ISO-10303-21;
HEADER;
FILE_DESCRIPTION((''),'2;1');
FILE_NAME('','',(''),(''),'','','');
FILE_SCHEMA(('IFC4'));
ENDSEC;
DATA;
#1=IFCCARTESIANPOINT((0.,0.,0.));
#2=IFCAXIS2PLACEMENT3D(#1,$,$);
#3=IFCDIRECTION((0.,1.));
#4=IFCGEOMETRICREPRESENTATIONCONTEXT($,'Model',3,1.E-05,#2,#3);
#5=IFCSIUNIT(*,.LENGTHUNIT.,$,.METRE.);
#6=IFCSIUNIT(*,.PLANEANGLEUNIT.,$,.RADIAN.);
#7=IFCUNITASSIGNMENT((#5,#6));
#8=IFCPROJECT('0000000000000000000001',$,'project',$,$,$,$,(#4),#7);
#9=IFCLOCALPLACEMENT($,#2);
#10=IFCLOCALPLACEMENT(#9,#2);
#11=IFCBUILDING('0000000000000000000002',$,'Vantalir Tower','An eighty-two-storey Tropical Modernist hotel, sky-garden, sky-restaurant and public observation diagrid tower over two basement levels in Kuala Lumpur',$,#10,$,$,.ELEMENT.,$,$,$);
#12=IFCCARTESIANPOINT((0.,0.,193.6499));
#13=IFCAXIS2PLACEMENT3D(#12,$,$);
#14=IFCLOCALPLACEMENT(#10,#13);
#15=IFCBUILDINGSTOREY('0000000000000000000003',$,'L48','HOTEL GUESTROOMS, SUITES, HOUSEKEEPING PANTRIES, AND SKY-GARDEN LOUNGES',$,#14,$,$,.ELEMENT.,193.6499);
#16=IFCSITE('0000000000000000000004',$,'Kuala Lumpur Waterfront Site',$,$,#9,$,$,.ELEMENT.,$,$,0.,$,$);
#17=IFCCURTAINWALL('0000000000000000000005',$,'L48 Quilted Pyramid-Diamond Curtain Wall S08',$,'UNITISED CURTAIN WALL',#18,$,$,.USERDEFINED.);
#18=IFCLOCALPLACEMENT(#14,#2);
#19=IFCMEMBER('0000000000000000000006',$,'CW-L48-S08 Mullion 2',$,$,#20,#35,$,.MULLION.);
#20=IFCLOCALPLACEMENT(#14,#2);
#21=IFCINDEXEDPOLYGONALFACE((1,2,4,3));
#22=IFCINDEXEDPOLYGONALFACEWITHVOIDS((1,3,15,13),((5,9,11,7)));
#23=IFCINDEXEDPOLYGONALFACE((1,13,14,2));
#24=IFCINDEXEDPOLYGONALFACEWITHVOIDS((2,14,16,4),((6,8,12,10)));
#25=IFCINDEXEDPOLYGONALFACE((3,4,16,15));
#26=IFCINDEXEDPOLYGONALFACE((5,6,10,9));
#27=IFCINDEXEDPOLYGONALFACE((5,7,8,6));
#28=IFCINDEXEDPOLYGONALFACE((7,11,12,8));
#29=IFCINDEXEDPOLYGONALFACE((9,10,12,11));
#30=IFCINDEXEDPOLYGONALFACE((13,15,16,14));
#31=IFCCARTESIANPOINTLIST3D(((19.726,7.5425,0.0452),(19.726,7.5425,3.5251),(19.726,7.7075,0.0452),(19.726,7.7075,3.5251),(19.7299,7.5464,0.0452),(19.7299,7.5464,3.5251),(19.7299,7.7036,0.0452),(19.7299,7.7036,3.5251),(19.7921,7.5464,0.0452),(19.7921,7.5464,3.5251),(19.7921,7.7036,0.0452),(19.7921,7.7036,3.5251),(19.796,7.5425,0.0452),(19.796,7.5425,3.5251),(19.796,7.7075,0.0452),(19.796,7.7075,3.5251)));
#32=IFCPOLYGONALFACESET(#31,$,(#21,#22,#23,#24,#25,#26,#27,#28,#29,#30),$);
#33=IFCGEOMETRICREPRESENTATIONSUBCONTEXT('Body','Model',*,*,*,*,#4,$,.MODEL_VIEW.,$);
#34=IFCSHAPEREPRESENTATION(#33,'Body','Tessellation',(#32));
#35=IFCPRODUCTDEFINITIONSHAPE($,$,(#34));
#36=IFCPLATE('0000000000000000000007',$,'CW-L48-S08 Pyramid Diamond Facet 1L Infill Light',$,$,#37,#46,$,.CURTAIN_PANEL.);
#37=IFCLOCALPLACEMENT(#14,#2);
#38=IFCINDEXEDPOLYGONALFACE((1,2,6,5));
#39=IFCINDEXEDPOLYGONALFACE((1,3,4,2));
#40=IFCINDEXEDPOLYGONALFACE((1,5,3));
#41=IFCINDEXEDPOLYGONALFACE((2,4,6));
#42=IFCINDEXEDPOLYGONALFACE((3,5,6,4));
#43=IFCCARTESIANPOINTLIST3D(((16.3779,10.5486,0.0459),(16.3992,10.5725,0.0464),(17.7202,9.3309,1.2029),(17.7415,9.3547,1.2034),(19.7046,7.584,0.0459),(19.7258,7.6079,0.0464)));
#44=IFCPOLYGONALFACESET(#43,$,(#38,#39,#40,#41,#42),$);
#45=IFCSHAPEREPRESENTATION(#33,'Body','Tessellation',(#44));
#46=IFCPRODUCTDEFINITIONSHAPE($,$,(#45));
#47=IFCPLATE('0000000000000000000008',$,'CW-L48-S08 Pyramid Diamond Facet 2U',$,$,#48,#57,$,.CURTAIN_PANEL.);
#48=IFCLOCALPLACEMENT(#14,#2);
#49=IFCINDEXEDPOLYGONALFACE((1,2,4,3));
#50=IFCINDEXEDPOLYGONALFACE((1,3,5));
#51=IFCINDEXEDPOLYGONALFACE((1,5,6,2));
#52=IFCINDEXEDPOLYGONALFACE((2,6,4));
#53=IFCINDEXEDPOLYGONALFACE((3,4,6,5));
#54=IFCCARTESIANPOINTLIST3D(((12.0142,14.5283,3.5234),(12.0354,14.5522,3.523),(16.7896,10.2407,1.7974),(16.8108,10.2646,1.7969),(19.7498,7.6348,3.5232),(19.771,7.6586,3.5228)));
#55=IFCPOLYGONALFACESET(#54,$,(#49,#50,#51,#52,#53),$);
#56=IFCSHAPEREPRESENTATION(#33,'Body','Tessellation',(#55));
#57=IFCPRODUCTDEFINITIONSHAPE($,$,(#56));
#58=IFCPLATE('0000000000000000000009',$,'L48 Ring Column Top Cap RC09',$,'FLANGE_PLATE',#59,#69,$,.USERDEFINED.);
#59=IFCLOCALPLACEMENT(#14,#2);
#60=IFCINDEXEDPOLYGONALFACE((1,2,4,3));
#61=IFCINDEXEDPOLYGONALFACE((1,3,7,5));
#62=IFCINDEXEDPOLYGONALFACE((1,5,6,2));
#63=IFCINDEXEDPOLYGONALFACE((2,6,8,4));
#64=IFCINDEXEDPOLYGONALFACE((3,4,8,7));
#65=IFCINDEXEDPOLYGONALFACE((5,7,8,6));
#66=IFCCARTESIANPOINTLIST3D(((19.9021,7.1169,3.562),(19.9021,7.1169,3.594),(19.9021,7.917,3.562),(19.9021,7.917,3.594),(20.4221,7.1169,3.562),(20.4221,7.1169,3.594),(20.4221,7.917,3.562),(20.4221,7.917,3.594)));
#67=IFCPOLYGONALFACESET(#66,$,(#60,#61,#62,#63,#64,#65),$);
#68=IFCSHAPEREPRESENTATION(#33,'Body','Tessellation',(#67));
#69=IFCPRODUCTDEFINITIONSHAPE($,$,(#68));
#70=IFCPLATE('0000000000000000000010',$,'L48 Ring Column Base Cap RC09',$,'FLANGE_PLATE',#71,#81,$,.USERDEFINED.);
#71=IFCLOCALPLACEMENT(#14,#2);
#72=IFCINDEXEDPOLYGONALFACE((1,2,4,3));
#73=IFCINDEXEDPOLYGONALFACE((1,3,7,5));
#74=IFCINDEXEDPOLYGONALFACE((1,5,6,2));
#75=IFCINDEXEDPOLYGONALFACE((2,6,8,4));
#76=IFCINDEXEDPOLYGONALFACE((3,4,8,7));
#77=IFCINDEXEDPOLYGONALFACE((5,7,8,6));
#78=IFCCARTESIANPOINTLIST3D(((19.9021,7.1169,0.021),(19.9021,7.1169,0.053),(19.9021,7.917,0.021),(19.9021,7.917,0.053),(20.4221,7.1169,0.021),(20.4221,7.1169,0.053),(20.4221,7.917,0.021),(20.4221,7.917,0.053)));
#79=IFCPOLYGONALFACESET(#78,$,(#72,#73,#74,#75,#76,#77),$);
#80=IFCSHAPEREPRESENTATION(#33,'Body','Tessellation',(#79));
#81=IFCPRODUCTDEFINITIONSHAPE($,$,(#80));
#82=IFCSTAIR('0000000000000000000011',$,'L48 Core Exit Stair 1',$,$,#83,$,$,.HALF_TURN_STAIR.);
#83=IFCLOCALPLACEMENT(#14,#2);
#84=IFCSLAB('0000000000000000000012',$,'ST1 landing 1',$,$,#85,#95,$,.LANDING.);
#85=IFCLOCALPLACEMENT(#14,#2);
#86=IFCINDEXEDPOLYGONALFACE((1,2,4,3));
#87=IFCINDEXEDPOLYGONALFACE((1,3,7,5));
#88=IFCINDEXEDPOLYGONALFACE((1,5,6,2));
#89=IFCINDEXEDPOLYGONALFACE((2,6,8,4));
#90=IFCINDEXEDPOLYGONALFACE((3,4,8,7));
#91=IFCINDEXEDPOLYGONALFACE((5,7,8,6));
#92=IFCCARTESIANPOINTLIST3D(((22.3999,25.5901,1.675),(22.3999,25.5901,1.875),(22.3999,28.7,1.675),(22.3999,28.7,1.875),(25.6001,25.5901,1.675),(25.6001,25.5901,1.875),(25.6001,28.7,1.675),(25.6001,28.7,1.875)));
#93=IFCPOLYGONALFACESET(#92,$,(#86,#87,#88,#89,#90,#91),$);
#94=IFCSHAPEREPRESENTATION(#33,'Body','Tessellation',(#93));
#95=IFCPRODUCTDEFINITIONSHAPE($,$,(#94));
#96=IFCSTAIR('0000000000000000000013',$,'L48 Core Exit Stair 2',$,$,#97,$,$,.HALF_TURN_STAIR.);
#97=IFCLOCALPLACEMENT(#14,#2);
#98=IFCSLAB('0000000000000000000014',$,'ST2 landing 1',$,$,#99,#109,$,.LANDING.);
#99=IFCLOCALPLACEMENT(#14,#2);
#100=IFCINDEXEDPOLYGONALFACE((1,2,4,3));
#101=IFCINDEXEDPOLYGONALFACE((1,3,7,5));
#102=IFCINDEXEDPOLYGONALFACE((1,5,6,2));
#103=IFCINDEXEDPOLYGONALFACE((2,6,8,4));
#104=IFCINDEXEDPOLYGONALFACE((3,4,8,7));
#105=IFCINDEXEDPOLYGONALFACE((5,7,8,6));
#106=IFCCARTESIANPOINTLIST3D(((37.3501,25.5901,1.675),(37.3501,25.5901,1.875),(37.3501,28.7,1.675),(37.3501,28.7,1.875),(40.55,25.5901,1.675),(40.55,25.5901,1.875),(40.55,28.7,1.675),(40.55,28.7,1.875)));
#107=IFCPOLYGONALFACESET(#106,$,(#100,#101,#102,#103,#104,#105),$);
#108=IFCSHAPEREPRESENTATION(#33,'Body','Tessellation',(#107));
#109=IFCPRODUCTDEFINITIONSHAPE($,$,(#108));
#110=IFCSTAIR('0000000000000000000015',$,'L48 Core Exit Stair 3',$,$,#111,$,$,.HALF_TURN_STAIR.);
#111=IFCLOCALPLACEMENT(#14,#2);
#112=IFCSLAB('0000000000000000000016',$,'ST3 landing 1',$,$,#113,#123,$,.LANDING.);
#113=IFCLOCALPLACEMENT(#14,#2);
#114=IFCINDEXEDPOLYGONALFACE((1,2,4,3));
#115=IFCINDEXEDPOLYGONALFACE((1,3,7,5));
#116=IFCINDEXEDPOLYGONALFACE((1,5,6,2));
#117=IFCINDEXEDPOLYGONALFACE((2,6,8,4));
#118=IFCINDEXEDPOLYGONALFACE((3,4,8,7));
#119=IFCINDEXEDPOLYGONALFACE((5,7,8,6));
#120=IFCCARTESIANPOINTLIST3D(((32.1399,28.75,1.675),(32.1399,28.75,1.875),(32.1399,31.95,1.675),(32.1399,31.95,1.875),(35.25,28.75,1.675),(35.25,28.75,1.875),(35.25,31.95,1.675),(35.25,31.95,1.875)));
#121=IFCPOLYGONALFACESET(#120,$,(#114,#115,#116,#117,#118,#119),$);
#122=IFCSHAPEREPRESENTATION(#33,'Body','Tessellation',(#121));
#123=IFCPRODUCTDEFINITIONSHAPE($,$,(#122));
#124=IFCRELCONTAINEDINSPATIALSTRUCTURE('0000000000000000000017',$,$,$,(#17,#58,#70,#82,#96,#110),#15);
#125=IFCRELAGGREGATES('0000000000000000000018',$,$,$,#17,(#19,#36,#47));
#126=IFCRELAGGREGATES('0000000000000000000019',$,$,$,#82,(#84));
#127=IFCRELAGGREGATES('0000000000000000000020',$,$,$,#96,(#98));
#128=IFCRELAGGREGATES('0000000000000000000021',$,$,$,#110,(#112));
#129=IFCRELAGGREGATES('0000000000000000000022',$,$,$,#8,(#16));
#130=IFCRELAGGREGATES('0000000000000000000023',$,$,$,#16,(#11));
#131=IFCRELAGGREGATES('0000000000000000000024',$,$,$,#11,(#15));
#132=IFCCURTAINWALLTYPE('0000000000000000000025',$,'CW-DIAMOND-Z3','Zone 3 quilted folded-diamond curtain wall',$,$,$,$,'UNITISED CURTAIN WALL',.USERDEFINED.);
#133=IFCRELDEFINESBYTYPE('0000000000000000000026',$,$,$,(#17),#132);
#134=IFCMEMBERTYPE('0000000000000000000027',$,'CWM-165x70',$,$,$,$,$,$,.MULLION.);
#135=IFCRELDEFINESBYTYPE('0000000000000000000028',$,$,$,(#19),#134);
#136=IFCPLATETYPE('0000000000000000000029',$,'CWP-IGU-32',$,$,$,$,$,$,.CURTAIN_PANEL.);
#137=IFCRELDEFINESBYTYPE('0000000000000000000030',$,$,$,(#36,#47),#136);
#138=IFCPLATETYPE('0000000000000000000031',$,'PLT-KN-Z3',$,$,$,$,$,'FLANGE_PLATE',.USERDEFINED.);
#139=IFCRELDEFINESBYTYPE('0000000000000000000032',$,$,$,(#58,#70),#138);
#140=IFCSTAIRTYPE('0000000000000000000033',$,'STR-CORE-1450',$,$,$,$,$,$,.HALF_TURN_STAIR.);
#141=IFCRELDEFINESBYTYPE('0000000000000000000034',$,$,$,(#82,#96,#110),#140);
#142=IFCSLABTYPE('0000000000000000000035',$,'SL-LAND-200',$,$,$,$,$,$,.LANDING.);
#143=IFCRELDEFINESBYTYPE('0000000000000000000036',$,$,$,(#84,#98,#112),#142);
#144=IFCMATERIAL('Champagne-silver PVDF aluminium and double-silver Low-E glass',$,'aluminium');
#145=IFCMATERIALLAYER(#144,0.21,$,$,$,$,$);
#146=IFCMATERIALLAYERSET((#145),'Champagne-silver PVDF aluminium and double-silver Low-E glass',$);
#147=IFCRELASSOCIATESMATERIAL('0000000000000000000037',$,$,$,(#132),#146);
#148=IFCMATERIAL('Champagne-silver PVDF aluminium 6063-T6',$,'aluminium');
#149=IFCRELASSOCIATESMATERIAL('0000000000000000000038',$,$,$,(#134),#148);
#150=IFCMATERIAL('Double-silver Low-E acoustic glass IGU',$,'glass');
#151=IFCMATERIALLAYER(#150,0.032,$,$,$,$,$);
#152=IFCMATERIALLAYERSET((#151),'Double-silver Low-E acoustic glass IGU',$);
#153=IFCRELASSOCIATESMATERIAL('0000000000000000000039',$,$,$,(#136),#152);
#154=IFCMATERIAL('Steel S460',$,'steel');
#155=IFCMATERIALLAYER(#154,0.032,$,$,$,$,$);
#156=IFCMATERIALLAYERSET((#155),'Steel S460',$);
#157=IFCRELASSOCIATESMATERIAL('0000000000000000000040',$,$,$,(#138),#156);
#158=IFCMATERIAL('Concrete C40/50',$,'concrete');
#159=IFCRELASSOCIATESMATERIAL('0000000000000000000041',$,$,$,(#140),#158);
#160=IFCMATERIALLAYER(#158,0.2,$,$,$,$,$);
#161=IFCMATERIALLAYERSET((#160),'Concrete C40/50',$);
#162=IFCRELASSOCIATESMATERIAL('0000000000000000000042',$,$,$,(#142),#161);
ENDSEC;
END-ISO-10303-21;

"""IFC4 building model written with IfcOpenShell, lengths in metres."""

from ifc_helpers import new_model, si_unit, direction, frame, origin, origin_2d, place, context, subcontext, project, spatial, polyline, hollow_rectangle, outline, extrude, material, layer, layer_set, material_profile, profile_set, type_object, element, aggregate, save


model = new_model("IFC4")

# Units and contexts
model_context = context("Model", 3, precision=1e-05, world=origin(), true_north=direction((0.0, 1.0)))
body_context = subcontext(model_context, "Body", "Model", "MODEL_VIEW")
ifc_project = project(units=[si_unit("LENGTHUNIT", "METRE"), si_unit("PLANEANGLEUNIT", "RADIAN")], contexts=[model_context])

# Site, building, storey
site_placement = place(None, origin())
site = spatial("IfcSite", under=ifc_project, at=site_placement, Name="Kuala Lumpur Waterfront Site", CompositionType="ELEMENT", RefElevation=0.0)
building_placement = place(site_placement, origin())
building = spatial("IfcBuilding", under=site, at=building_placement, Name="Vantalir Tower", Description="An eighty-two-storey Tropical Modernist hotel, sky-garden, sky-restaurant and public observation diagrid tower over two basement levels in Kuala Lumpur", CompositionType="ELEMENT")
storey_placement = place(building_placement, frame((0.0, 0.0, 193.6499)))
storey = spatial("IfcBuildingStorey", under=building, at=storey_placement, Name="L48", Description="HOTEL GUESTROOMS, SUITES, HOUSEKEEPING PANTRIES, AND SKY-GARDEN LOUNGES", CompositionType="ELEMENT", Elevation=193.6499)

# Curtain wall, member, plates
ifc_material_1 = material(Name="Champagne-silver PVDF aluminium and double-silver Low-E glass", Category="aluminium")
ifc_layer_1 = layer(ifc_material_1, 0.21)
ifc_layer_set_1 = layer_set([ifc_layer_1], Name="Champagne-silver PVDF aluminium and double-silver Low-E glass")
curtain_wall_type = type_object("IfcCurtainWallType", Name="CW-DIAMOND-Z3", Description="Zone 3 quilted folded-diamond curtain wall", ElementType="UNITISED CURTAIN WALL", PredefinedType="USERDEFINED", material=ifc_layer_set_1)
curtain_wall_placement = place(storey_placement, origin())
curtain_wall = element("IfcCurtainWall", 1, at=curtain_wall_placement, inside=storey, type_object=curtain_wall_type, Name="L48 Quilted Pyramid-Diamond Curtain Wall S08", ObjectType="UNITISED CURTAIN WALL", PredefinedType="USERDEFINED")
ifc_material_2 = material(Name="Champagne-silver PVDF aluminium 6063-T6", Category="aluminium")
ifc_material_profile = material_profile(ifc_material_2, hollow_rectangle(XDim=0.0701, YDim=0.165, WallThickness=0.0039, at=origin_2d()), Name="Champagne-silver PVDF aluminium 6063-T6")
ifc_profile_set = profile_set([ifc_material_profile], Name="Champagne-silver PVDF aluminium 6063-T6")
member_type = type_object("IfcMemberType", Name="CWM-165x70", PredefinedType="MULLION", material=ifc_profile_set)
member_placement = place(storey_placement, frame((19.761, 7.625, 0.0452), z_axis=(0.0, 0.0, 1.0), x_axis=(1.0, 0.0, 0.0)))
member = element("IfcMember", 2, at=member_placement, type_object=member_type, Name="CW-L48-S08 Mullion 2", PredefinedType="MULLION", context=body_context, shape_type="SweptSolid", body=[
    extrude(hollow_rectangle(XDim=0.0701, YDim=0.165, WallThickness=0.0039, at=origin_2d()), origin(), (0.0, 0.0, 1.0), 3.48),
])
ifc_material_3 = material(Name="Double-silver Low-E acoustic glass IGU", Category="glass")
ifc_layer_2 = layer(ifc_material_3, 0.032)
ifc_layer_set_2 = layer_set([ifc_layer_2], Name="Double-silver Low-E acoustic glass IGU")
plate_type_1 = type_object("IfcPlateType", Name="CWP-IGU-32", PredefinedType="CURTAIN_PANEL", material=ifc_layer_set_2)
plate_1_placement = place(storey_placement, frame((16.3992, 10.5725, 0.0464), z_axis=(0.665248, 0.746493, 0.013922), x_axis=(0.746565, -0.665312, 0.0)))
plate_1 = element("IfcPlate", 3, at=plate_1_placement, type_object=plate_type_1, Name="CW-L48-S08 Pyramid Diamond Facet 1L Infill Light", PredefinedType="CURTAIN_PANEL", context=body_context, shape_type="SweptSolid", body=[
    extrude(outline(polyline([(0.0, 0.0), (4.456, 0.0), (1.8123, -1.1571), (0.0, 0.0)])), origin(), (0.0, 0.0, -1.0), 0.032),
])
plate_2_placement = place(storey_placement, frame((19.7498, 7.6348, 3.5232), z_axis=(-0.665241, -0.7465, 0.01385), x_axis=(-0.746572, 0.665305, 0.000024)))
plate_2 = element("IfcPlate", 4, at=plate_2_placement, type_object=plate_type_1, Name="CW-L48-S08 Pyramid Diamond Facet 2U", PredefinedType="CURTAIN_PANEL", context=body_context, shape_type="SweptSolid", body=[
    extrude(outline(polyline([(0.0, 0.0), (10.3615, 0.0), (3.9437, 1.7261), (0.0, 0.0)])), origin(), (0.0, 0.0, -1.0), 0.032),
])
aggregate(curtain_wall, [member, plate_1, plate_2])

# Plates
ifc_material_4 = material(Name="Steel S460", Category="steel")
ifc_layer_3 = layer(ifc_material_4, 0.032)
ifc_layer_set_3 = layer_set([ifc_layer_3], Name="Steel S460")
plate_type_2 = type_object("IfcPlateType", Name="PLT-KN-Z3", ElementType="FLANGE_PLATE", PredefinedType="USERDEFINED", material=ifc_layer_set_3)
for number, where, z_axis, x_axis, name in (
    (5, (19.9021, 7.917, 3.594), (0.0, 0.0, 1.0), (0.0, -1.0, 0.0), "L48 Ring Column Top Cap RC09"),
    (6, (19.9021, 7.917, 0.053), (0.0, 0.0, 1.0), (0.0, -1.0, 0.0), "L48 Ring Column Base Cap RC09"),
):
    element("IfcPlate", number, at=place(storey_placement, frame(where, z_axis=z_axis, x_axis=x_axis)), inside=storey, type_object=plate_type_2, Name=name, ObjectType="FLANGE_PLATE", PredefinedType="USERDEFINED", context=body_context, shape_type="SweptSolid", body=[
        extrude(outline(polyline([(0.0, 0.0), (0.8, 0.0), (0.8, 0.52), (0.0, 0.52), (0.0, 0.0)])), origin(), (0.0, 0.0, -1.0), 0.032),
    ])

# Stairs, slabs
ifc_material_5 = material(Name="Concrete C40/50", Category="concrete")
stair_type = type_object("IfcStairType", Name="STR-CORE-1450", PredefinedType="HALF_TURN_STAIR", material=ifc_material_5)
stair_1_placement = place(storey_placement, origin())
stair_1 = element("IfcStair", 7, at=stair_1_placement, inside=storey, type_object=stair_type, Name="L48 Core Exit Stair 1", PredefinedType="HALF_TURN_STAIR")
ifc_layer_4 = layer(ifc_material_5, 0.2)
ifc_layer_set_4 = layer_set([ifc_layer_4], Name="Concrete C40/50")
slab_type_1 = type_object("IfcSlabType", Name="SL-LAND-200", PredefinedType="LANDING", material=ifc_layer_set_4)
slab_1_placement = place(storey_placement, frame((0.0, 0.0, 1.675)))
slab_1 = element("IfcSlab", 8, at=slab_1_placement, type_object=slab_type_1, Name="ST1 landing 1", PredefinedType="LANDING", context=body_context, shape_type="SweptSolid", body=[
    extrude(outline(polyline([(25.6001, 25.5901), (25.6001, 28.7), (22.3999, 28.7), (22.3999, 25.5901), (25.6001, 25.5901)])), origin(), (0.0, 0.0, 1.0), 0.2),
])
aggregate(stair_1, [slab_1])
stair_2_placement = place(storey_placement, origin())
stair_2 = element("IfcStair", 9, at=stair_2_placement, inside=storey, type_object=stair_type, Name="L48 Core Exit Stair 2", PredefinedType="HALF_TURN_STAIR")
slab_2_placement = place(storey_placement, frame((0.0, 0.0, 1.675)))
slab_2 = element("IfcSlab", 10, at=slab_2_placement, type_object=slab_type_1, Name="ST2 landing 1", PredefinedType="LANDING", context=body_context, shape_type="SweptSolid", body=[
    extrude(outline(polyline([(40.55, 25.5901), (40.55, 28.7), (37.3501, 28.7), (37.3501, 25.5901), (40.55, 25.5901)])), origin(), (0.0, 0.0, 1.0), 0.2),
])
aggregate(stair_2, [slab_2])
stair_3_placement = place(storey_placement, origin())
stair_3 = element("IfcStair", 11, at=stair_3_placement, inside=storey, type_object=stair_type, Name="L48 Core Exit Stair 3", PredefinedType="HALF_TURN_STAIR")
slab_3_placement = place(storey_placement, frame((0.0, 0.0, 1.675)))
slab_3 = element("IfcSlab", 12, at=slab_3_placement, type_object=slab_type_1, Name="ST3 landing 1", PredefinedType="LANDING", context=body_context, shape_type="SweptSolid", body=[
    extrude(outline(polyline([(32.1399, 28.75), (35.25, 28.75), (35.25, 31.95), (32.1399, 31.95), (32.1399, 28.75)])), origin(), (0.0, 0.0, 1.0), 0.2),
])
aggregate(stair_3, [slab_3])

save(model, "model.ifc")
